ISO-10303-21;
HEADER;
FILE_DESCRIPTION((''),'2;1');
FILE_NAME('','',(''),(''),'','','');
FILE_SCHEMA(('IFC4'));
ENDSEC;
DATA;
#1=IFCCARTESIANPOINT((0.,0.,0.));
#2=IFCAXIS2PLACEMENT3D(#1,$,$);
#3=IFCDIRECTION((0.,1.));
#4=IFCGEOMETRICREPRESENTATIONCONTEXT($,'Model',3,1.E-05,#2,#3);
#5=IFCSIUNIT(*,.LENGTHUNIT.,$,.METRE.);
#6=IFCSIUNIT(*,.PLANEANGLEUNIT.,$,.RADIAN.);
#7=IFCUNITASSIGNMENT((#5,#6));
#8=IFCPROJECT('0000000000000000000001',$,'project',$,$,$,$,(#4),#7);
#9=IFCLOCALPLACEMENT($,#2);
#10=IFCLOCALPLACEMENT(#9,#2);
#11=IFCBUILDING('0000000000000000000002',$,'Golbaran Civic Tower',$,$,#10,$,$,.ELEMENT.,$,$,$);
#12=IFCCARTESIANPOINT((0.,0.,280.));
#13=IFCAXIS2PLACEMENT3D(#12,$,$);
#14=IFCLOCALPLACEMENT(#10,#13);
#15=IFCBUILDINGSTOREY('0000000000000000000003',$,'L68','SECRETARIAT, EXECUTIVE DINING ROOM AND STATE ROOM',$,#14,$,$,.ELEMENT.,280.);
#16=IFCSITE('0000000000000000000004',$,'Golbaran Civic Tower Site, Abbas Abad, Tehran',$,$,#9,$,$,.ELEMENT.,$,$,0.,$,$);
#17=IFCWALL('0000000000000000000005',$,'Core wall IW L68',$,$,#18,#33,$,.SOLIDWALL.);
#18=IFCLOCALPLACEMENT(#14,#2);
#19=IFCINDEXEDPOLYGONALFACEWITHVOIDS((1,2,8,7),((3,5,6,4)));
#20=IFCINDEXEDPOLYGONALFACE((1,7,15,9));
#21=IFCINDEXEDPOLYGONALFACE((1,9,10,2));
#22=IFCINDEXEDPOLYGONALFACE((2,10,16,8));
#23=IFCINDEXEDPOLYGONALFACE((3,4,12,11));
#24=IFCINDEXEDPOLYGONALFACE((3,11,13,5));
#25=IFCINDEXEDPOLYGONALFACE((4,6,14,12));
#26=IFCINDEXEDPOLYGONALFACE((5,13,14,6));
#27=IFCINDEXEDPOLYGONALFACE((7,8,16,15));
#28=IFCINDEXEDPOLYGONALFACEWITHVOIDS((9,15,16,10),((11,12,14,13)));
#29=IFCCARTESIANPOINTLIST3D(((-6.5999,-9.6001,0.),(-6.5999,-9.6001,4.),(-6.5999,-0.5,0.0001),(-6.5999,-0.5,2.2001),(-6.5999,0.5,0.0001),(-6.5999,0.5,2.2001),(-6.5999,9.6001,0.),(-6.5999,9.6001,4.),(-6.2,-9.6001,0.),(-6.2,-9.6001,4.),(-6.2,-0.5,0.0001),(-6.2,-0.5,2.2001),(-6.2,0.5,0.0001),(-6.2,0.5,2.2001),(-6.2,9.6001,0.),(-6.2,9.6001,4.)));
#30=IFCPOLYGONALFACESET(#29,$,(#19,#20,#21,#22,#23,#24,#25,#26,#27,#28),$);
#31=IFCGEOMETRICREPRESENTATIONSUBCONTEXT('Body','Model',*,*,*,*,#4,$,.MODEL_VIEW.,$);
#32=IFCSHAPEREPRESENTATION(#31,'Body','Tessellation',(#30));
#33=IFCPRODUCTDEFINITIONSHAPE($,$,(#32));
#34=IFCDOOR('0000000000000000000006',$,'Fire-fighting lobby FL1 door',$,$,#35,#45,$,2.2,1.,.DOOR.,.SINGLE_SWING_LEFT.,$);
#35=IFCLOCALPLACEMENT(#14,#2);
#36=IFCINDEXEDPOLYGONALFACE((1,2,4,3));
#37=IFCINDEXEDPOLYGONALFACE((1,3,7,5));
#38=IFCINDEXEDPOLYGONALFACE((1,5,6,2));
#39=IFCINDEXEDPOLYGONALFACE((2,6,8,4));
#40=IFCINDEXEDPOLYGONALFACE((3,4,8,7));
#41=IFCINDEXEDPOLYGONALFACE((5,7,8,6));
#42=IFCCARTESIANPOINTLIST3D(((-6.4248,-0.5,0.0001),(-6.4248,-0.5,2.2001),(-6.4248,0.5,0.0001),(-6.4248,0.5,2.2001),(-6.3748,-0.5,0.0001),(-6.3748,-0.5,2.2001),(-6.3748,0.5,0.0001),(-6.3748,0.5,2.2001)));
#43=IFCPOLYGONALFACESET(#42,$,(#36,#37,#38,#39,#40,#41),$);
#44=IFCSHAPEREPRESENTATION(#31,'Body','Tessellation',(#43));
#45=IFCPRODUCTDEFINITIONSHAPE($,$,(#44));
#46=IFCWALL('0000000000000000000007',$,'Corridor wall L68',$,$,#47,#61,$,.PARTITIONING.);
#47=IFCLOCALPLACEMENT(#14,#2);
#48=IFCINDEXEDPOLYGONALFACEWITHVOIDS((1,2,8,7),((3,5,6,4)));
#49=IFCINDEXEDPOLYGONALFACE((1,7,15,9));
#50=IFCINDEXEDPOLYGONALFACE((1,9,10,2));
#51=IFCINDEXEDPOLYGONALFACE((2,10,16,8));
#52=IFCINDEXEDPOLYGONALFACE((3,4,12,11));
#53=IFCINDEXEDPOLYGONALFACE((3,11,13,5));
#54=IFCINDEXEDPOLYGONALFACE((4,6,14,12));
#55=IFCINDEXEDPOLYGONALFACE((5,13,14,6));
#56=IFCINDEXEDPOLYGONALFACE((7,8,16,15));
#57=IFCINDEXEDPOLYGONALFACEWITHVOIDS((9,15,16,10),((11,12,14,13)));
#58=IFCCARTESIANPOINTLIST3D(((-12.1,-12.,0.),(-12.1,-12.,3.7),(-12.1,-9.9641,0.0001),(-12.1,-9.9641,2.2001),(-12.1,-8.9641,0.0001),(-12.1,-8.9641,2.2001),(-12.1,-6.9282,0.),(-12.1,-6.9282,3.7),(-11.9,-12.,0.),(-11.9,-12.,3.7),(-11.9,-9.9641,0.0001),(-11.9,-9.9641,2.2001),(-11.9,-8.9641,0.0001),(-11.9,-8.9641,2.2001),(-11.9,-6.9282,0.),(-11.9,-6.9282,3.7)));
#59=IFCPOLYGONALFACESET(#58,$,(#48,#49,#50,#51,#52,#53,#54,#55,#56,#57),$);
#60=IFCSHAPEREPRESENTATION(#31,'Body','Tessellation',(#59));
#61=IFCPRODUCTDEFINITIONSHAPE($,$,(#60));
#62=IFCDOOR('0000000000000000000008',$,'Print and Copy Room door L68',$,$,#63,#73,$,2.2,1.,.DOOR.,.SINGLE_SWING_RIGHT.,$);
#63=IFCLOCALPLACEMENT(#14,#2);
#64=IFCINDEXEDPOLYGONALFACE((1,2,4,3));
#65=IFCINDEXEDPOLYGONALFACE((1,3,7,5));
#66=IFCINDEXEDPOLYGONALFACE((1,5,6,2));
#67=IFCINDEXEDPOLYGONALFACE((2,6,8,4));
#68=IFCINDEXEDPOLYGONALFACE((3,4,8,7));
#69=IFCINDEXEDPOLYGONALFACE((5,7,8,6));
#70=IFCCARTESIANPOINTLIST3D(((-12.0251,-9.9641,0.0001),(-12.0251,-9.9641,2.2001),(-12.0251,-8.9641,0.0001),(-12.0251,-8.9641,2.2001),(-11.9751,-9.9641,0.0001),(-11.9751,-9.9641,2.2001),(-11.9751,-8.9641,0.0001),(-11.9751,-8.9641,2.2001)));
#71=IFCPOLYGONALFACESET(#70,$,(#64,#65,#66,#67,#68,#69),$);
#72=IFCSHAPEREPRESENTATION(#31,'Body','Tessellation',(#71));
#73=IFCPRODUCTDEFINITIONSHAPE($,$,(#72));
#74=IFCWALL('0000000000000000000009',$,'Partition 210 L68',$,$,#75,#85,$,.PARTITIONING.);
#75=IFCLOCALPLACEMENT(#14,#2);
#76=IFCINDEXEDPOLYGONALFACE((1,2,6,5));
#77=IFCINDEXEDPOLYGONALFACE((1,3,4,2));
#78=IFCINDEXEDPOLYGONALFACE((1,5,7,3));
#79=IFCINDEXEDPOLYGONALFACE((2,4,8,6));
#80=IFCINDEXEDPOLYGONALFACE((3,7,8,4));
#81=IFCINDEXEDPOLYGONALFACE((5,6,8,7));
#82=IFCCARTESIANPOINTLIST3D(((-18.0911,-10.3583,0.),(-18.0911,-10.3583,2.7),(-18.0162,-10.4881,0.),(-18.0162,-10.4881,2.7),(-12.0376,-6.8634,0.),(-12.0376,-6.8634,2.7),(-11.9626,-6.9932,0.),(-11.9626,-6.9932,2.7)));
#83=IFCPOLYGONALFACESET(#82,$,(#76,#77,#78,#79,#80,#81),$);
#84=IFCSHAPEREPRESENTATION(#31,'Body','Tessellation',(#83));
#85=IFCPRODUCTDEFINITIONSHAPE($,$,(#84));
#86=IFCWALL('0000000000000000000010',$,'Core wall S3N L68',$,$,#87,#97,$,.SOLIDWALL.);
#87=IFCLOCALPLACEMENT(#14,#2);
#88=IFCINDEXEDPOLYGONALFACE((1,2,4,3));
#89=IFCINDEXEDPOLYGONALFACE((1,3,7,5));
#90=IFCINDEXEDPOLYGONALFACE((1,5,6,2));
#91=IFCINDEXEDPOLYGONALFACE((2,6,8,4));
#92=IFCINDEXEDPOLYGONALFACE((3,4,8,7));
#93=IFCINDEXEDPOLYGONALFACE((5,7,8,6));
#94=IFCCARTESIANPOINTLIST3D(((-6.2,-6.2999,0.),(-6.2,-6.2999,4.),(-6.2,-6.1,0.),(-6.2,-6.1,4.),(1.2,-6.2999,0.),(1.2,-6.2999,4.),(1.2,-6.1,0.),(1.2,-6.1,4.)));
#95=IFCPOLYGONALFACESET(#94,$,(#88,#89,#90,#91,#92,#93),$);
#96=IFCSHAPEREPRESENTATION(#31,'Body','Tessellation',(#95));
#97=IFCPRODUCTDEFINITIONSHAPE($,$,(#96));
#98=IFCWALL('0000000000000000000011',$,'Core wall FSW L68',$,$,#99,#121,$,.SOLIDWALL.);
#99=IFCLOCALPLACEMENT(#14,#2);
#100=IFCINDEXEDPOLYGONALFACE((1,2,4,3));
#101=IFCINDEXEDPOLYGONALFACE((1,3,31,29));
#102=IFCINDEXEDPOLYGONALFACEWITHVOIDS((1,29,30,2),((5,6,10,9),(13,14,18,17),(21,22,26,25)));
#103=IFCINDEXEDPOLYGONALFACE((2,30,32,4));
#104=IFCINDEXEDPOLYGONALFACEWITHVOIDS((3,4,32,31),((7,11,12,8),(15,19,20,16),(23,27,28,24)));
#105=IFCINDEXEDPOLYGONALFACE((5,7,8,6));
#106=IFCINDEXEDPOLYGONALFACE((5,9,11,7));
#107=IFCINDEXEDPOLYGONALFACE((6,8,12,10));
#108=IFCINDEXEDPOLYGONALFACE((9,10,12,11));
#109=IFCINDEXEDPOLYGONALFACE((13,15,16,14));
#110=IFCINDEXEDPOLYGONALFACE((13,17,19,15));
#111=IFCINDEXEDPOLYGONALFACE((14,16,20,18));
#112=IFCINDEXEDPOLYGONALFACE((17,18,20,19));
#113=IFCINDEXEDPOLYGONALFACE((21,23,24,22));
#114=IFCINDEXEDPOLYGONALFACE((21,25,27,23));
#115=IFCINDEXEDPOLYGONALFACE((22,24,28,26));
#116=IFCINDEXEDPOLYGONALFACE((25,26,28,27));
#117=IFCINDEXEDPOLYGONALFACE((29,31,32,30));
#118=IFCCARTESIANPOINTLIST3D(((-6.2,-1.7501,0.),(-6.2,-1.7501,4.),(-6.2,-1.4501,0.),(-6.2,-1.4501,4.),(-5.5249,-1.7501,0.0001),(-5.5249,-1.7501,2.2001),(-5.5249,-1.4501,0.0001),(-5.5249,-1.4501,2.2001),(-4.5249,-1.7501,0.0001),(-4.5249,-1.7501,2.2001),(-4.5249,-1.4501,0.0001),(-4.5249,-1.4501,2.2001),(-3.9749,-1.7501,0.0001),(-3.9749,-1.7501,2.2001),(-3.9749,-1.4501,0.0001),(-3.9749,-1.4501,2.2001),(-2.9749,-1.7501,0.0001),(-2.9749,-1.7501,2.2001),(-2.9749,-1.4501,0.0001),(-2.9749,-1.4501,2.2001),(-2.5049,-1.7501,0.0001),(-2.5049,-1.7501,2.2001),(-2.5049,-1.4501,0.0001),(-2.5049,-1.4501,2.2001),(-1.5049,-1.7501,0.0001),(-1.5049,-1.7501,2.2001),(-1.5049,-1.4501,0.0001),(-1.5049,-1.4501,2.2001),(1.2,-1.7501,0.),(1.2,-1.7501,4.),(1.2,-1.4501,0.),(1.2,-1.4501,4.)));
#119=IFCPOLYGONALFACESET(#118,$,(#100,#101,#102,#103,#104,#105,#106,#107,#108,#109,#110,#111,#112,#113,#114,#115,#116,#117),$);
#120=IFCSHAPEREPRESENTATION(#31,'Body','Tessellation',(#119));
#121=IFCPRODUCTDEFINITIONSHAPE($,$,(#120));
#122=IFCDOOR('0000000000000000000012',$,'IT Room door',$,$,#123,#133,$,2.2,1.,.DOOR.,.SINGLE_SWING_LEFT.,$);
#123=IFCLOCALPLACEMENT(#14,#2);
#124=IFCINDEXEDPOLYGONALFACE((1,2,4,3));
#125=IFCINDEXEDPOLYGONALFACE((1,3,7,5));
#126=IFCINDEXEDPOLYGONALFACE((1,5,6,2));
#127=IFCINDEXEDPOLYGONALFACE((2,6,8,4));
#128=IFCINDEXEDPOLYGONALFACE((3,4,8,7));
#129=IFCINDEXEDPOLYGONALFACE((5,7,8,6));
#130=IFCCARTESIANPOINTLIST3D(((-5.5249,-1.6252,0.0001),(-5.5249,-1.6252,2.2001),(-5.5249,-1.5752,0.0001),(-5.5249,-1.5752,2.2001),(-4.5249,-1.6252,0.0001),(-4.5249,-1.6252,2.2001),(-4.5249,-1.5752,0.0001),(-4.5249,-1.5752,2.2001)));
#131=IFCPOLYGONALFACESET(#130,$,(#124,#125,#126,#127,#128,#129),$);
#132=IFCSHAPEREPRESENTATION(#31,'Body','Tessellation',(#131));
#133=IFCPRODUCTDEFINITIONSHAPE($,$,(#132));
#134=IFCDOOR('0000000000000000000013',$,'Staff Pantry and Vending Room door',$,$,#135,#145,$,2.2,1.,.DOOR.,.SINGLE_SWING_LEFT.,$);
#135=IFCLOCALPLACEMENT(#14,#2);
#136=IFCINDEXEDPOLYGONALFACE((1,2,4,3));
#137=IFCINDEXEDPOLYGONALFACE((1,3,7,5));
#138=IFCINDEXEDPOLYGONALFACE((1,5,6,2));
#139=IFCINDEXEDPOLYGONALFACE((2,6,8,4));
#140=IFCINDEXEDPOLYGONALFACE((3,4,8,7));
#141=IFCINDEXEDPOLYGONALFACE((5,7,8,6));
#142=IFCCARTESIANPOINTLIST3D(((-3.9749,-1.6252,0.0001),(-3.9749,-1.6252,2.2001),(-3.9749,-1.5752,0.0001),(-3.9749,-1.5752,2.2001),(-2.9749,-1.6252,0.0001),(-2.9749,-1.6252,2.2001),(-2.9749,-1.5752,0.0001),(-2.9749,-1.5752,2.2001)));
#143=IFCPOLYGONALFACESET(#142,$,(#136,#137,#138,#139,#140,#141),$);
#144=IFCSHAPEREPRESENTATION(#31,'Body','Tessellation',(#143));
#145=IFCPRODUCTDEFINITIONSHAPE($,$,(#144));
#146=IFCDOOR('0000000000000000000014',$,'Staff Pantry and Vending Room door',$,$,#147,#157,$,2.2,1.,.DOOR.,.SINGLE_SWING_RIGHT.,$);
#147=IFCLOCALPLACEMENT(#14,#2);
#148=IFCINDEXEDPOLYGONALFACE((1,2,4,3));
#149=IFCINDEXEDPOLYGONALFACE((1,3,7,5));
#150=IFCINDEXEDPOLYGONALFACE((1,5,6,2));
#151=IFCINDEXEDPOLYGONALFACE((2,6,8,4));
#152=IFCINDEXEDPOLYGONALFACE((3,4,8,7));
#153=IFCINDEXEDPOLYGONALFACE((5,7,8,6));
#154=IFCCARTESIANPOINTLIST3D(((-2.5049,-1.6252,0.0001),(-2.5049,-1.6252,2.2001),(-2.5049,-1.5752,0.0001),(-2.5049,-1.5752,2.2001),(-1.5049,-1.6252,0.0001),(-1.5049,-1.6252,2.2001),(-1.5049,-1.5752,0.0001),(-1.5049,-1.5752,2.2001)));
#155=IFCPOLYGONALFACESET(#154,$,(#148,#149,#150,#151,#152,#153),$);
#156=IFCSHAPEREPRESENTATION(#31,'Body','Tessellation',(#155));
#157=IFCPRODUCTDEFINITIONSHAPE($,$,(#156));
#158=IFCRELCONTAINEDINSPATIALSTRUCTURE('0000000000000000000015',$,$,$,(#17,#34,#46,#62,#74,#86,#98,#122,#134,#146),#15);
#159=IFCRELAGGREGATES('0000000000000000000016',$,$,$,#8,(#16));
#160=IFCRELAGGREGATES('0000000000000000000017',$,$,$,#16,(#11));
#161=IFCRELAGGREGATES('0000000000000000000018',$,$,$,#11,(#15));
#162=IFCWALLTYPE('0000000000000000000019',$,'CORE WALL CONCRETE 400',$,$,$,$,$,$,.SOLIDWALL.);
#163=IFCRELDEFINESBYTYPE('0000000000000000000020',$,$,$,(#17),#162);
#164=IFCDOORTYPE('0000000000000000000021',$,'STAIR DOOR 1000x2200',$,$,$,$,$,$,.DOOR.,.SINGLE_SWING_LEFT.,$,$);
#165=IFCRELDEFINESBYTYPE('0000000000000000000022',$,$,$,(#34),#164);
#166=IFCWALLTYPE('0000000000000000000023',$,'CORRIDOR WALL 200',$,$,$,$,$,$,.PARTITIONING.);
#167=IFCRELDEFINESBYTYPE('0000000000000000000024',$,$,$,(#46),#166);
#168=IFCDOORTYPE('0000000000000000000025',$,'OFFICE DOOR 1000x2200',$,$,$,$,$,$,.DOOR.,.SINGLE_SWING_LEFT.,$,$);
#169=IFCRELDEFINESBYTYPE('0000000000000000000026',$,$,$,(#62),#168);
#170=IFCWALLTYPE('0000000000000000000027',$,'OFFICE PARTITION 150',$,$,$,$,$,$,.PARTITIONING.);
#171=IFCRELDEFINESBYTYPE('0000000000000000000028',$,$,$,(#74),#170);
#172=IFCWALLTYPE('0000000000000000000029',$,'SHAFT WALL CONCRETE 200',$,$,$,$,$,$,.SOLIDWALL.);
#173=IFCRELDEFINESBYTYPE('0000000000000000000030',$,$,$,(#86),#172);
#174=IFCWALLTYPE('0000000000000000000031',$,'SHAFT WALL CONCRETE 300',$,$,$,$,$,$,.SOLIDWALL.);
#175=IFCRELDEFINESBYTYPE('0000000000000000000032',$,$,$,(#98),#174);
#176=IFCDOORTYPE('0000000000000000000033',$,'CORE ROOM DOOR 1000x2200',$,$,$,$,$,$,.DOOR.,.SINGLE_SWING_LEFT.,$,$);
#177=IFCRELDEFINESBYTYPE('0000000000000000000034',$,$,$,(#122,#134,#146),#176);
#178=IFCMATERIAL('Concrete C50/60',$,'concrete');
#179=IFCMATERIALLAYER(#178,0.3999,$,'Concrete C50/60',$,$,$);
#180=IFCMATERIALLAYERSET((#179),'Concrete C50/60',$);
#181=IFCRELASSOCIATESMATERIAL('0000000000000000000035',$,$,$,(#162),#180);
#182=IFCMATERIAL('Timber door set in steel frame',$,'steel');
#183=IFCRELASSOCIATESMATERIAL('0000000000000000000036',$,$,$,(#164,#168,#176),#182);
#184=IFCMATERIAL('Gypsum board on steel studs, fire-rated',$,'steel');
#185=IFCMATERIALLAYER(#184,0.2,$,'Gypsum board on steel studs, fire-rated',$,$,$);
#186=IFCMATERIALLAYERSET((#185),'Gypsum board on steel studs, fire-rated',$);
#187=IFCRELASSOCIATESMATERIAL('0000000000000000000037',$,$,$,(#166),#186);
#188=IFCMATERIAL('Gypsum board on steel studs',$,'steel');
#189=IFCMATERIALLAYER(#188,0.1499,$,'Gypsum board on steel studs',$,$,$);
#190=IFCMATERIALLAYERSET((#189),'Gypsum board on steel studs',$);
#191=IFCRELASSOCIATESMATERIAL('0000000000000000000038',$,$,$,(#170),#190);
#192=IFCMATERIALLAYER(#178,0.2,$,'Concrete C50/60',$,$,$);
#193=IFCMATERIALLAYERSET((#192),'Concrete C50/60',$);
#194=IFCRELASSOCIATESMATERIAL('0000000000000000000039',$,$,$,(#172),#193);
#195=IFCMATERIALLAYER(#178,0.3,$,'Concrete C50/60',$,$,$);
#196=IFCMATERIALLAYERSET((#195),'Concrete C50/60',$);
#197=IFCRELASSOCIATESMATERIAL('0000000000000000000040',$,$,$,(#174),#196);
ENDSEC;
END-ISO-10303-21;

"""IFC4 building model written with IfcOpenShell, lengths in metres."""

from ifc_helpers import new_model, si_unit, direction, frame, frame_2d, origin, place, context, subcontext, project, spatial, rectangle, extrude, material, layer, layer_set, type_object, element, fill, save


model = new_model("IFC4")

# Units and contexts
model_context = context("Model", 3, precision=1e-05, world=origin(), true_north=direction((0.0, 1.0)))
body_context = subcontext(model_context, "Body", "Model", "MODEL_VIEW")
ifc_project = project(units=[si_unit("LENGTHUNIT", "METRE"), si_unit("PLANEANGLEUNIT", "RADIAN")], contexts=[model_context])

# Site, building, storey
site_placement = place(None, origin())
site = spatial("IfcSite", under=ifc_project, at=site_placement, Name="Golbaran Civic Tower Site, Abbas Abad, Tehran", CompositionType="ELEMENT", RefElevation=0.0)
building_placement = place(site_placement, origin())
building = spatial("IfcBuilding", under=site, at=building_placement, Name="Golbaran Civic Tower", CompositionType="ELEMENT")
storey_placement = place(building_placement, frame((0.0, 0.0, 280.0)))
storey = spatial("IfcBuildingStorey", under=building, at=storey_placement, Name="L68", Description="SECRETARIAT, EXECUTIVE DINING ROOM AND STATE ROOM", CompositionType="ELEMENT", Elevation=280.0)

# Walls, openings, doors
ifc_material_1 = material(Name="Concrete C50/60", Category="concrete")
ifc_layer_1 = layer(ifc_material_1, 0.3999, Name="Concrete C50/60")
ifc_layer_set_1 = layer_set([ifc_layer_1], Name="Concrete C50/60")
wall_type_1 = type_object("IfcWallType", Name="CORE WALL CONCRETE 400", PredefinedType="SOLIDWALL", material=ifc_layer_set_1)
wall_1_placement = place(storey_placement, frame((-6.3999, -9.6001, 0.0), z_axis=(0.0, 0.0, 1.0), x_axis=(0.0, 1.0, 0.0)))
wall_1 = element("IfcWall", 1, at=wall_1_placement, inside=storey, type_object=wall_type_1, Name="Core wall IW L68", PredefinedType="SOLIDWALL", context=body_context, shape_type="SweptSolid", body=[
    extrude(rectangle(XDim=19.2002, YDim=0.3999, at=frame_2d((9.6001, 0.0))), origin(), (0.0, 0.0, 1.0), 4.0),
])
opening_1_placement = place(wall_1_placement, frame((9.1001, 0.0, 0.0)))
opening_1 = element("IfcOpeningElement", 2, at=opening_1_placement, cuts=wall_1, PredefinedType="OPENING", context=body_context, shape_type="SweptSolid", body=[
    extrude(rectangle(XDim=1.0, YDim=2.2, at=frame_2d((0.5, 1.1001))), frame((0.0, 0.21, 0.0), z_axis=(0.0, -1.0, 0.0), x_axis=(1.0, 0.0, 0.0)), (0.0, 0.0, 1.0), 0.4199),
])
ifc_material_2 = material(Name="Timber door set in steel frame", Category="steel")
door_type_1 = type_object("IfcDoorType", Name="STAIR DOOR 1000x2200", OperationType="SINGLE_SWING_LEFT", PredefinedType="DOOR", material=ifc_material_2)
door_1_placement = place(opening_1_placement, origin())
door_1 = element("IfcDoor", 3, at=door_1_placement, inside=storey, type_object=door_type_1, Name="Fire-fighting lobby FL1 door", OperationType="SINGLE_SWING_LEFT", OverallHeight=2.2, OverallWidth=1.0, PredefinedType="DOOR", context=body_context, shape_type="SweptSolid", body=[
    extrude(rectangle(XDim=1.0, YDim=2.2, at=frame_2d((0.5, 1.1001))), frame((0.0, 0.0249, 0.0), z_axis=(0.0, -1.0, 0.0), x_axis=(1.0, 0.0, 0.0)), (0.0, 0.0, 1.0), 0.05),
])
fill(opening_1, door_1)
ifc_material_3 = material(Name="Gypsum board on steel studs, fire-rated", Category="steel")
ifc_layer_2 = layer(ifc_material_3, 0.2, Name="Gypsum board on steel studs, fire-rated")
ifc_layer_set_2 = layer_set([ifc_layer_2], Name="Gypsum board on steel studs, fire-rated")
wall_type_2 = type_object("IfcWallType", Name="CORRIDOR WALL 200", PredefinedType="PARTITIONING", material=ifc_layer_set_2)
wall_2_placement = place(storey_placement, frame((-12.0, -6.9282, 0.0), z_axis=(0.0, 0.0, 1.0), x_axis=(0.0, -1.0, 0.0)))
wall_2 = element("IfcWall", 4, at=wall_2_placement, inside=storey, type_object=wall_type_2, Name="Corridor wall L68", PredefinedType="PARTITIONING", context=body_context, shape_type="SweptSolid", body=[
    extrude(rectangle(XDim=5.0718, YDim=0.2, at=frame_2d((2.5359, 0.0))), origin(), (0.0, 0.0, 1.0), 3.7),
])
opening_2_placement = place(wall_2_placement, frame((2.0359, 0.0, 0.0)))
opening_2 = element("IfcOpeningElement", 5, at=opening_2_placement, cuts=wall_2, PredefinedType="OPENING", context=body_context, shape_type="SweptSolid", body=[
    extrude(rectangle(XDim=1.0, YDim=2.2, at=frame_2d((0.5, 1.1001))), frame((0.0, 0.1099, 0.0), z_axis=(0.0, -1.0, 0.0), x_axis=(1.0, 0.0, 0.0)), (0.0, 0.0, 1.0), 0.22),
])
door_type_2 = type_object("IfcDoorType", Name="OFFICE DOOR 1000x2200", OperationType="SINGLE_SWING_LEFT", PredefinedType="DOOR", material=ifc_material_2)
door_2_placement = place(opening_2_placement, origin())
door_2 = element("IfcDoor", 6, at=door_2_placement, inside=storey, type_object=door_type_2, Name="Print and Copy Room door L68", OperationType="SINGLE_SWING_RIGHT", OverallHeight=2.2, OverallWidth=1.0, PredefinedType="DOOR", context=body_context, shape_type="SweptSolid", body=[
    extrude(rectangle(XDim=1.0, YDim=2.2, at=frame_2d((0.5, 1.1001))), frame((0.0, 0.0249, 0.0), z_axis=(0.0, -1.0, 0.0), x_axis=(1.0, 0.0, 0.0)), (0.0, 0.0, 1.0), 0.05),
])
fill(opening_2, door_2)

# Walls
ifc_material_4 = material(Name="Gypsum board on steel studs", Category="steel")
ifc_layer_3 = layer(ifc_material_4, 0.1499, Name="Gypsum board on steel studs")
ifc_layer_set_3 = layer_set([ifc_layer_3], Name="Gypsum board on steel studs")
wall_type_3 = type_object("IfcWallType", Name="OFFICE PARTITION 150", PredefinedType="PARTITIONING", material=ifc_layer_set_3)
wall_3_placement = place(storey_placement, frame((-12.0, -6.9282, 0.0), z_axis=(0.0, 0.0, 1.0), x_axis=(-0.866031, -0.49999, 0.0)))
element("IfcWall", 7, at=wall_3_placement, inside=storey, type_object=wall_type_3, Name="Partition 210 L68", PredefinedType="PARTITIONING", context=body_context, shape_type="SweptSolid", body=[
    extrude(rectangle(XDim=6.99, YDim=0.1499, at=frame_2d((3.4951, 0.0))), origin(), (0.0, 0.0, 1.0), 2.7),
])
ifc_layer_4 = layer(ifc_material_1, 0.2, Name="Concrete C50/60")
ifc_layer_set_4 = layer_set([ifc_layer_4], Name="Concrete C50/60")
wall_type_4 = type_object("IfcWallType", Name="SHAFT WALL CONCRETE 200", PredefinedType="SOLIDWALL", material=ifc_layer_set_4)
wall_4_placement = place(storey_placement, frame((-6.2, -6.2, 0.0), z_axis=(0.0, 0.0, 1.0), x_axis=(1.0, 0.0, 0.0)))
element("IfcWall", 8, at=wall_4_placement, inside=storey, type_object=wall_type_4, Name="Core wall S3N L68", PredefinedType="SOLIDWALL", context=body_context, shape_type="SweptSolid", body=[
    extrude(rectangle(XDim=7.3999, YDim=0.2, at=frame_2d((3.7, 0.0))), origin(), (0.0, 0.0, 1.0), 4.0),
])

# Wall, openings, doors
ifc_layer_5 = layer(ifc_material_1, 0.3, Name="Concrete C50/60")
ifc_layer_set_5 = layer_set([ifc_layer_5], Name="Concrete C50/60")
wall_type_5 = type_object("IfcWallType", Name="SHAFT WALL CONCRETE 300", PredefinedType="SOLIDWALL", material=ifc_layer_set_5)
wall_5_placement = place(storey_placement, frame((-6.2, -1.6001, 0.0), z_axis=(0.0, 0.0, 1.0), x_axis=(1.0, 0.0, 0.0)))
wall_5 = element("IfcWall", 9, at=wall_5_placement, inside=storey, type_object=wall_type_5, Name="Core wall FSW L68", PredefinedType="SOLIDWALL", context=body_context, shape_type="SweptSolid", body=[
    extrude(rectangle(XDim=7.3999, YDim=0.3, at=frame_2d((3.7, 0.0))), origin(), (0.0, 0.0, 1.0), 4.0),
])
opening_3_placement = place(wall_5_placement, frame((0.675, 0.0, 0.0)))
opening_3 = element("IfcOpeningElement", 10, at=opening_3_placement, cuts=wall_5, PredefinedType="OPENING", context=body_context, shape_type="SweptSolid", body=[
    extrude(rectangle(XDim=1.0, YDim=2.2, at=frame_2d((0.5, 1.1001))), frame((0.0, 0.1599, 0.0), z_axis=(0.0, -1.0, 0.0), x_axis=(1.0, 0.0, 0.0)), (0.0, 0.0, 1.0), 0.3201),
])
opening_4_placement = place(wall_5_placement, frame((2.2251, 0.0, 0.0)))
opening_4 = element("IfcOpeningElement", 11, at=opening_4_placement, cuts=wall_5, PredefinedType="OPENING", context=body_context, shape_type="SweptSolid", body=[
    extrude(rectangle(XDim=1.0, YDim=2.2, at=frame_2d((0.5, 1.1001))), frame((0.0, 0.1599, 0.0), z_axis=(0.0, -1.0, 0.0), x_axis=(1.0, 0.0, 0.0)), (0.0, 0.0, 1.0), 0.3201),
])
opening_5_placement = place(wall_5_placement, frame((3.6951, 0.0, 0.0)))
opening_5 = element("IfcOpeningElement", 12, at=opening_5_placement, cuts=wall_5, PredefinedType="OPENING", context=body_context, shape_type="SweptSolid", body=[
    extrude(rectangle(XDim=1.0, YDim=2.2, at=frame_2d((0.5, 1.1001))), frame((0.0, 0.1599, 0.0), z_axis=(0.0, -1.0, 0.0), x_axis=(1.0, 0.0, 0.0)), (0.0, 0.0, 1.0), 0.3201),
])
door_type_3 = type_object("IfcDoorType", Name="CORE ROOM DOOR 1000x2200", OperationType="SINGLE_SWING_LEFT", PredefinedType="DOOR", material=ifc_material_2)
door_3_placement = place(opening_3_placement, origin())
door_3 = element("IfcDoor", 13, at=door_3_placement, inside=storey, type_object=door_type_3, Name="IT Room door", OperationType="SINGLE_SWING_LEFT", OverallHeight=2.2, OverallWidth=1.0, PredefinedType="DOOR", context=body_context, shape_type="SweptSolid", body=[
    extrude(rectangle(XDim=1.0, YDim=2.2, at=frame_2d((0.5, 1.1001))), frame((0.0, 0.0249, 0.0), z_axis=(0.0, -1.0, 0.0), x_axis=(1.0, 0.0, 0.0)), (0.0, 0.0, 1.0), 0.05),
])
fill(opening_3, door_3)
door_4_placement = place(opening_4_placement, origin())
door_4 = element("IfcDoor", 14, at=door_4_placement, inside=storey, type_object=door_type_3, Name="Staff Pantry and Vending Room door", OperationType="SINGLE_SWING_LEFT", OverallHeight=2.2, OverallWidth=1.0, PredefinedType="DOOR", context=body_context, shape_type="SweptSolid", body=[
    extrude(rectangle(XDim=1.0, YDim=2.2, at=frame_2d((0.5, 1.1001))), frame((0.0, 0.0249, 0.0), z_axis=(0.0, -1.0, 0.0), x_axis=(1.0, 0.0, 0.0)), (0.0, 0.0, 1.0), 0.05),
])
fill(opening_4, door_4)
door_5_placement = place(opening_5_placement, origin())
door_5 = element("IfcDoor", 15, at=door_5_placement, inside=storey, type_object=door_type_3, Name="Staff Pantry and Vending Room door", OperationType="SINGLE_SWING_RIGHT", OverallHeight=2.2, OverallWidth=1.0, PredefinedType="DOOR", context=body_context, shape_type="SweptSolid", body=[
    extrude(rectangle(XDim=1.0, YDim=2.2, at=frame_2d((0.5, 1.1001))), frame((0.0, 0.0249, 0.0), z_axis=(0.0, -1.0, 0.0), x_axis=(1.0, 0.0, 0.0)), (0.0, 0.0, 1.0), 0.05),
])
fill(opening_5, door_5)

save(model, "model.ifc")
